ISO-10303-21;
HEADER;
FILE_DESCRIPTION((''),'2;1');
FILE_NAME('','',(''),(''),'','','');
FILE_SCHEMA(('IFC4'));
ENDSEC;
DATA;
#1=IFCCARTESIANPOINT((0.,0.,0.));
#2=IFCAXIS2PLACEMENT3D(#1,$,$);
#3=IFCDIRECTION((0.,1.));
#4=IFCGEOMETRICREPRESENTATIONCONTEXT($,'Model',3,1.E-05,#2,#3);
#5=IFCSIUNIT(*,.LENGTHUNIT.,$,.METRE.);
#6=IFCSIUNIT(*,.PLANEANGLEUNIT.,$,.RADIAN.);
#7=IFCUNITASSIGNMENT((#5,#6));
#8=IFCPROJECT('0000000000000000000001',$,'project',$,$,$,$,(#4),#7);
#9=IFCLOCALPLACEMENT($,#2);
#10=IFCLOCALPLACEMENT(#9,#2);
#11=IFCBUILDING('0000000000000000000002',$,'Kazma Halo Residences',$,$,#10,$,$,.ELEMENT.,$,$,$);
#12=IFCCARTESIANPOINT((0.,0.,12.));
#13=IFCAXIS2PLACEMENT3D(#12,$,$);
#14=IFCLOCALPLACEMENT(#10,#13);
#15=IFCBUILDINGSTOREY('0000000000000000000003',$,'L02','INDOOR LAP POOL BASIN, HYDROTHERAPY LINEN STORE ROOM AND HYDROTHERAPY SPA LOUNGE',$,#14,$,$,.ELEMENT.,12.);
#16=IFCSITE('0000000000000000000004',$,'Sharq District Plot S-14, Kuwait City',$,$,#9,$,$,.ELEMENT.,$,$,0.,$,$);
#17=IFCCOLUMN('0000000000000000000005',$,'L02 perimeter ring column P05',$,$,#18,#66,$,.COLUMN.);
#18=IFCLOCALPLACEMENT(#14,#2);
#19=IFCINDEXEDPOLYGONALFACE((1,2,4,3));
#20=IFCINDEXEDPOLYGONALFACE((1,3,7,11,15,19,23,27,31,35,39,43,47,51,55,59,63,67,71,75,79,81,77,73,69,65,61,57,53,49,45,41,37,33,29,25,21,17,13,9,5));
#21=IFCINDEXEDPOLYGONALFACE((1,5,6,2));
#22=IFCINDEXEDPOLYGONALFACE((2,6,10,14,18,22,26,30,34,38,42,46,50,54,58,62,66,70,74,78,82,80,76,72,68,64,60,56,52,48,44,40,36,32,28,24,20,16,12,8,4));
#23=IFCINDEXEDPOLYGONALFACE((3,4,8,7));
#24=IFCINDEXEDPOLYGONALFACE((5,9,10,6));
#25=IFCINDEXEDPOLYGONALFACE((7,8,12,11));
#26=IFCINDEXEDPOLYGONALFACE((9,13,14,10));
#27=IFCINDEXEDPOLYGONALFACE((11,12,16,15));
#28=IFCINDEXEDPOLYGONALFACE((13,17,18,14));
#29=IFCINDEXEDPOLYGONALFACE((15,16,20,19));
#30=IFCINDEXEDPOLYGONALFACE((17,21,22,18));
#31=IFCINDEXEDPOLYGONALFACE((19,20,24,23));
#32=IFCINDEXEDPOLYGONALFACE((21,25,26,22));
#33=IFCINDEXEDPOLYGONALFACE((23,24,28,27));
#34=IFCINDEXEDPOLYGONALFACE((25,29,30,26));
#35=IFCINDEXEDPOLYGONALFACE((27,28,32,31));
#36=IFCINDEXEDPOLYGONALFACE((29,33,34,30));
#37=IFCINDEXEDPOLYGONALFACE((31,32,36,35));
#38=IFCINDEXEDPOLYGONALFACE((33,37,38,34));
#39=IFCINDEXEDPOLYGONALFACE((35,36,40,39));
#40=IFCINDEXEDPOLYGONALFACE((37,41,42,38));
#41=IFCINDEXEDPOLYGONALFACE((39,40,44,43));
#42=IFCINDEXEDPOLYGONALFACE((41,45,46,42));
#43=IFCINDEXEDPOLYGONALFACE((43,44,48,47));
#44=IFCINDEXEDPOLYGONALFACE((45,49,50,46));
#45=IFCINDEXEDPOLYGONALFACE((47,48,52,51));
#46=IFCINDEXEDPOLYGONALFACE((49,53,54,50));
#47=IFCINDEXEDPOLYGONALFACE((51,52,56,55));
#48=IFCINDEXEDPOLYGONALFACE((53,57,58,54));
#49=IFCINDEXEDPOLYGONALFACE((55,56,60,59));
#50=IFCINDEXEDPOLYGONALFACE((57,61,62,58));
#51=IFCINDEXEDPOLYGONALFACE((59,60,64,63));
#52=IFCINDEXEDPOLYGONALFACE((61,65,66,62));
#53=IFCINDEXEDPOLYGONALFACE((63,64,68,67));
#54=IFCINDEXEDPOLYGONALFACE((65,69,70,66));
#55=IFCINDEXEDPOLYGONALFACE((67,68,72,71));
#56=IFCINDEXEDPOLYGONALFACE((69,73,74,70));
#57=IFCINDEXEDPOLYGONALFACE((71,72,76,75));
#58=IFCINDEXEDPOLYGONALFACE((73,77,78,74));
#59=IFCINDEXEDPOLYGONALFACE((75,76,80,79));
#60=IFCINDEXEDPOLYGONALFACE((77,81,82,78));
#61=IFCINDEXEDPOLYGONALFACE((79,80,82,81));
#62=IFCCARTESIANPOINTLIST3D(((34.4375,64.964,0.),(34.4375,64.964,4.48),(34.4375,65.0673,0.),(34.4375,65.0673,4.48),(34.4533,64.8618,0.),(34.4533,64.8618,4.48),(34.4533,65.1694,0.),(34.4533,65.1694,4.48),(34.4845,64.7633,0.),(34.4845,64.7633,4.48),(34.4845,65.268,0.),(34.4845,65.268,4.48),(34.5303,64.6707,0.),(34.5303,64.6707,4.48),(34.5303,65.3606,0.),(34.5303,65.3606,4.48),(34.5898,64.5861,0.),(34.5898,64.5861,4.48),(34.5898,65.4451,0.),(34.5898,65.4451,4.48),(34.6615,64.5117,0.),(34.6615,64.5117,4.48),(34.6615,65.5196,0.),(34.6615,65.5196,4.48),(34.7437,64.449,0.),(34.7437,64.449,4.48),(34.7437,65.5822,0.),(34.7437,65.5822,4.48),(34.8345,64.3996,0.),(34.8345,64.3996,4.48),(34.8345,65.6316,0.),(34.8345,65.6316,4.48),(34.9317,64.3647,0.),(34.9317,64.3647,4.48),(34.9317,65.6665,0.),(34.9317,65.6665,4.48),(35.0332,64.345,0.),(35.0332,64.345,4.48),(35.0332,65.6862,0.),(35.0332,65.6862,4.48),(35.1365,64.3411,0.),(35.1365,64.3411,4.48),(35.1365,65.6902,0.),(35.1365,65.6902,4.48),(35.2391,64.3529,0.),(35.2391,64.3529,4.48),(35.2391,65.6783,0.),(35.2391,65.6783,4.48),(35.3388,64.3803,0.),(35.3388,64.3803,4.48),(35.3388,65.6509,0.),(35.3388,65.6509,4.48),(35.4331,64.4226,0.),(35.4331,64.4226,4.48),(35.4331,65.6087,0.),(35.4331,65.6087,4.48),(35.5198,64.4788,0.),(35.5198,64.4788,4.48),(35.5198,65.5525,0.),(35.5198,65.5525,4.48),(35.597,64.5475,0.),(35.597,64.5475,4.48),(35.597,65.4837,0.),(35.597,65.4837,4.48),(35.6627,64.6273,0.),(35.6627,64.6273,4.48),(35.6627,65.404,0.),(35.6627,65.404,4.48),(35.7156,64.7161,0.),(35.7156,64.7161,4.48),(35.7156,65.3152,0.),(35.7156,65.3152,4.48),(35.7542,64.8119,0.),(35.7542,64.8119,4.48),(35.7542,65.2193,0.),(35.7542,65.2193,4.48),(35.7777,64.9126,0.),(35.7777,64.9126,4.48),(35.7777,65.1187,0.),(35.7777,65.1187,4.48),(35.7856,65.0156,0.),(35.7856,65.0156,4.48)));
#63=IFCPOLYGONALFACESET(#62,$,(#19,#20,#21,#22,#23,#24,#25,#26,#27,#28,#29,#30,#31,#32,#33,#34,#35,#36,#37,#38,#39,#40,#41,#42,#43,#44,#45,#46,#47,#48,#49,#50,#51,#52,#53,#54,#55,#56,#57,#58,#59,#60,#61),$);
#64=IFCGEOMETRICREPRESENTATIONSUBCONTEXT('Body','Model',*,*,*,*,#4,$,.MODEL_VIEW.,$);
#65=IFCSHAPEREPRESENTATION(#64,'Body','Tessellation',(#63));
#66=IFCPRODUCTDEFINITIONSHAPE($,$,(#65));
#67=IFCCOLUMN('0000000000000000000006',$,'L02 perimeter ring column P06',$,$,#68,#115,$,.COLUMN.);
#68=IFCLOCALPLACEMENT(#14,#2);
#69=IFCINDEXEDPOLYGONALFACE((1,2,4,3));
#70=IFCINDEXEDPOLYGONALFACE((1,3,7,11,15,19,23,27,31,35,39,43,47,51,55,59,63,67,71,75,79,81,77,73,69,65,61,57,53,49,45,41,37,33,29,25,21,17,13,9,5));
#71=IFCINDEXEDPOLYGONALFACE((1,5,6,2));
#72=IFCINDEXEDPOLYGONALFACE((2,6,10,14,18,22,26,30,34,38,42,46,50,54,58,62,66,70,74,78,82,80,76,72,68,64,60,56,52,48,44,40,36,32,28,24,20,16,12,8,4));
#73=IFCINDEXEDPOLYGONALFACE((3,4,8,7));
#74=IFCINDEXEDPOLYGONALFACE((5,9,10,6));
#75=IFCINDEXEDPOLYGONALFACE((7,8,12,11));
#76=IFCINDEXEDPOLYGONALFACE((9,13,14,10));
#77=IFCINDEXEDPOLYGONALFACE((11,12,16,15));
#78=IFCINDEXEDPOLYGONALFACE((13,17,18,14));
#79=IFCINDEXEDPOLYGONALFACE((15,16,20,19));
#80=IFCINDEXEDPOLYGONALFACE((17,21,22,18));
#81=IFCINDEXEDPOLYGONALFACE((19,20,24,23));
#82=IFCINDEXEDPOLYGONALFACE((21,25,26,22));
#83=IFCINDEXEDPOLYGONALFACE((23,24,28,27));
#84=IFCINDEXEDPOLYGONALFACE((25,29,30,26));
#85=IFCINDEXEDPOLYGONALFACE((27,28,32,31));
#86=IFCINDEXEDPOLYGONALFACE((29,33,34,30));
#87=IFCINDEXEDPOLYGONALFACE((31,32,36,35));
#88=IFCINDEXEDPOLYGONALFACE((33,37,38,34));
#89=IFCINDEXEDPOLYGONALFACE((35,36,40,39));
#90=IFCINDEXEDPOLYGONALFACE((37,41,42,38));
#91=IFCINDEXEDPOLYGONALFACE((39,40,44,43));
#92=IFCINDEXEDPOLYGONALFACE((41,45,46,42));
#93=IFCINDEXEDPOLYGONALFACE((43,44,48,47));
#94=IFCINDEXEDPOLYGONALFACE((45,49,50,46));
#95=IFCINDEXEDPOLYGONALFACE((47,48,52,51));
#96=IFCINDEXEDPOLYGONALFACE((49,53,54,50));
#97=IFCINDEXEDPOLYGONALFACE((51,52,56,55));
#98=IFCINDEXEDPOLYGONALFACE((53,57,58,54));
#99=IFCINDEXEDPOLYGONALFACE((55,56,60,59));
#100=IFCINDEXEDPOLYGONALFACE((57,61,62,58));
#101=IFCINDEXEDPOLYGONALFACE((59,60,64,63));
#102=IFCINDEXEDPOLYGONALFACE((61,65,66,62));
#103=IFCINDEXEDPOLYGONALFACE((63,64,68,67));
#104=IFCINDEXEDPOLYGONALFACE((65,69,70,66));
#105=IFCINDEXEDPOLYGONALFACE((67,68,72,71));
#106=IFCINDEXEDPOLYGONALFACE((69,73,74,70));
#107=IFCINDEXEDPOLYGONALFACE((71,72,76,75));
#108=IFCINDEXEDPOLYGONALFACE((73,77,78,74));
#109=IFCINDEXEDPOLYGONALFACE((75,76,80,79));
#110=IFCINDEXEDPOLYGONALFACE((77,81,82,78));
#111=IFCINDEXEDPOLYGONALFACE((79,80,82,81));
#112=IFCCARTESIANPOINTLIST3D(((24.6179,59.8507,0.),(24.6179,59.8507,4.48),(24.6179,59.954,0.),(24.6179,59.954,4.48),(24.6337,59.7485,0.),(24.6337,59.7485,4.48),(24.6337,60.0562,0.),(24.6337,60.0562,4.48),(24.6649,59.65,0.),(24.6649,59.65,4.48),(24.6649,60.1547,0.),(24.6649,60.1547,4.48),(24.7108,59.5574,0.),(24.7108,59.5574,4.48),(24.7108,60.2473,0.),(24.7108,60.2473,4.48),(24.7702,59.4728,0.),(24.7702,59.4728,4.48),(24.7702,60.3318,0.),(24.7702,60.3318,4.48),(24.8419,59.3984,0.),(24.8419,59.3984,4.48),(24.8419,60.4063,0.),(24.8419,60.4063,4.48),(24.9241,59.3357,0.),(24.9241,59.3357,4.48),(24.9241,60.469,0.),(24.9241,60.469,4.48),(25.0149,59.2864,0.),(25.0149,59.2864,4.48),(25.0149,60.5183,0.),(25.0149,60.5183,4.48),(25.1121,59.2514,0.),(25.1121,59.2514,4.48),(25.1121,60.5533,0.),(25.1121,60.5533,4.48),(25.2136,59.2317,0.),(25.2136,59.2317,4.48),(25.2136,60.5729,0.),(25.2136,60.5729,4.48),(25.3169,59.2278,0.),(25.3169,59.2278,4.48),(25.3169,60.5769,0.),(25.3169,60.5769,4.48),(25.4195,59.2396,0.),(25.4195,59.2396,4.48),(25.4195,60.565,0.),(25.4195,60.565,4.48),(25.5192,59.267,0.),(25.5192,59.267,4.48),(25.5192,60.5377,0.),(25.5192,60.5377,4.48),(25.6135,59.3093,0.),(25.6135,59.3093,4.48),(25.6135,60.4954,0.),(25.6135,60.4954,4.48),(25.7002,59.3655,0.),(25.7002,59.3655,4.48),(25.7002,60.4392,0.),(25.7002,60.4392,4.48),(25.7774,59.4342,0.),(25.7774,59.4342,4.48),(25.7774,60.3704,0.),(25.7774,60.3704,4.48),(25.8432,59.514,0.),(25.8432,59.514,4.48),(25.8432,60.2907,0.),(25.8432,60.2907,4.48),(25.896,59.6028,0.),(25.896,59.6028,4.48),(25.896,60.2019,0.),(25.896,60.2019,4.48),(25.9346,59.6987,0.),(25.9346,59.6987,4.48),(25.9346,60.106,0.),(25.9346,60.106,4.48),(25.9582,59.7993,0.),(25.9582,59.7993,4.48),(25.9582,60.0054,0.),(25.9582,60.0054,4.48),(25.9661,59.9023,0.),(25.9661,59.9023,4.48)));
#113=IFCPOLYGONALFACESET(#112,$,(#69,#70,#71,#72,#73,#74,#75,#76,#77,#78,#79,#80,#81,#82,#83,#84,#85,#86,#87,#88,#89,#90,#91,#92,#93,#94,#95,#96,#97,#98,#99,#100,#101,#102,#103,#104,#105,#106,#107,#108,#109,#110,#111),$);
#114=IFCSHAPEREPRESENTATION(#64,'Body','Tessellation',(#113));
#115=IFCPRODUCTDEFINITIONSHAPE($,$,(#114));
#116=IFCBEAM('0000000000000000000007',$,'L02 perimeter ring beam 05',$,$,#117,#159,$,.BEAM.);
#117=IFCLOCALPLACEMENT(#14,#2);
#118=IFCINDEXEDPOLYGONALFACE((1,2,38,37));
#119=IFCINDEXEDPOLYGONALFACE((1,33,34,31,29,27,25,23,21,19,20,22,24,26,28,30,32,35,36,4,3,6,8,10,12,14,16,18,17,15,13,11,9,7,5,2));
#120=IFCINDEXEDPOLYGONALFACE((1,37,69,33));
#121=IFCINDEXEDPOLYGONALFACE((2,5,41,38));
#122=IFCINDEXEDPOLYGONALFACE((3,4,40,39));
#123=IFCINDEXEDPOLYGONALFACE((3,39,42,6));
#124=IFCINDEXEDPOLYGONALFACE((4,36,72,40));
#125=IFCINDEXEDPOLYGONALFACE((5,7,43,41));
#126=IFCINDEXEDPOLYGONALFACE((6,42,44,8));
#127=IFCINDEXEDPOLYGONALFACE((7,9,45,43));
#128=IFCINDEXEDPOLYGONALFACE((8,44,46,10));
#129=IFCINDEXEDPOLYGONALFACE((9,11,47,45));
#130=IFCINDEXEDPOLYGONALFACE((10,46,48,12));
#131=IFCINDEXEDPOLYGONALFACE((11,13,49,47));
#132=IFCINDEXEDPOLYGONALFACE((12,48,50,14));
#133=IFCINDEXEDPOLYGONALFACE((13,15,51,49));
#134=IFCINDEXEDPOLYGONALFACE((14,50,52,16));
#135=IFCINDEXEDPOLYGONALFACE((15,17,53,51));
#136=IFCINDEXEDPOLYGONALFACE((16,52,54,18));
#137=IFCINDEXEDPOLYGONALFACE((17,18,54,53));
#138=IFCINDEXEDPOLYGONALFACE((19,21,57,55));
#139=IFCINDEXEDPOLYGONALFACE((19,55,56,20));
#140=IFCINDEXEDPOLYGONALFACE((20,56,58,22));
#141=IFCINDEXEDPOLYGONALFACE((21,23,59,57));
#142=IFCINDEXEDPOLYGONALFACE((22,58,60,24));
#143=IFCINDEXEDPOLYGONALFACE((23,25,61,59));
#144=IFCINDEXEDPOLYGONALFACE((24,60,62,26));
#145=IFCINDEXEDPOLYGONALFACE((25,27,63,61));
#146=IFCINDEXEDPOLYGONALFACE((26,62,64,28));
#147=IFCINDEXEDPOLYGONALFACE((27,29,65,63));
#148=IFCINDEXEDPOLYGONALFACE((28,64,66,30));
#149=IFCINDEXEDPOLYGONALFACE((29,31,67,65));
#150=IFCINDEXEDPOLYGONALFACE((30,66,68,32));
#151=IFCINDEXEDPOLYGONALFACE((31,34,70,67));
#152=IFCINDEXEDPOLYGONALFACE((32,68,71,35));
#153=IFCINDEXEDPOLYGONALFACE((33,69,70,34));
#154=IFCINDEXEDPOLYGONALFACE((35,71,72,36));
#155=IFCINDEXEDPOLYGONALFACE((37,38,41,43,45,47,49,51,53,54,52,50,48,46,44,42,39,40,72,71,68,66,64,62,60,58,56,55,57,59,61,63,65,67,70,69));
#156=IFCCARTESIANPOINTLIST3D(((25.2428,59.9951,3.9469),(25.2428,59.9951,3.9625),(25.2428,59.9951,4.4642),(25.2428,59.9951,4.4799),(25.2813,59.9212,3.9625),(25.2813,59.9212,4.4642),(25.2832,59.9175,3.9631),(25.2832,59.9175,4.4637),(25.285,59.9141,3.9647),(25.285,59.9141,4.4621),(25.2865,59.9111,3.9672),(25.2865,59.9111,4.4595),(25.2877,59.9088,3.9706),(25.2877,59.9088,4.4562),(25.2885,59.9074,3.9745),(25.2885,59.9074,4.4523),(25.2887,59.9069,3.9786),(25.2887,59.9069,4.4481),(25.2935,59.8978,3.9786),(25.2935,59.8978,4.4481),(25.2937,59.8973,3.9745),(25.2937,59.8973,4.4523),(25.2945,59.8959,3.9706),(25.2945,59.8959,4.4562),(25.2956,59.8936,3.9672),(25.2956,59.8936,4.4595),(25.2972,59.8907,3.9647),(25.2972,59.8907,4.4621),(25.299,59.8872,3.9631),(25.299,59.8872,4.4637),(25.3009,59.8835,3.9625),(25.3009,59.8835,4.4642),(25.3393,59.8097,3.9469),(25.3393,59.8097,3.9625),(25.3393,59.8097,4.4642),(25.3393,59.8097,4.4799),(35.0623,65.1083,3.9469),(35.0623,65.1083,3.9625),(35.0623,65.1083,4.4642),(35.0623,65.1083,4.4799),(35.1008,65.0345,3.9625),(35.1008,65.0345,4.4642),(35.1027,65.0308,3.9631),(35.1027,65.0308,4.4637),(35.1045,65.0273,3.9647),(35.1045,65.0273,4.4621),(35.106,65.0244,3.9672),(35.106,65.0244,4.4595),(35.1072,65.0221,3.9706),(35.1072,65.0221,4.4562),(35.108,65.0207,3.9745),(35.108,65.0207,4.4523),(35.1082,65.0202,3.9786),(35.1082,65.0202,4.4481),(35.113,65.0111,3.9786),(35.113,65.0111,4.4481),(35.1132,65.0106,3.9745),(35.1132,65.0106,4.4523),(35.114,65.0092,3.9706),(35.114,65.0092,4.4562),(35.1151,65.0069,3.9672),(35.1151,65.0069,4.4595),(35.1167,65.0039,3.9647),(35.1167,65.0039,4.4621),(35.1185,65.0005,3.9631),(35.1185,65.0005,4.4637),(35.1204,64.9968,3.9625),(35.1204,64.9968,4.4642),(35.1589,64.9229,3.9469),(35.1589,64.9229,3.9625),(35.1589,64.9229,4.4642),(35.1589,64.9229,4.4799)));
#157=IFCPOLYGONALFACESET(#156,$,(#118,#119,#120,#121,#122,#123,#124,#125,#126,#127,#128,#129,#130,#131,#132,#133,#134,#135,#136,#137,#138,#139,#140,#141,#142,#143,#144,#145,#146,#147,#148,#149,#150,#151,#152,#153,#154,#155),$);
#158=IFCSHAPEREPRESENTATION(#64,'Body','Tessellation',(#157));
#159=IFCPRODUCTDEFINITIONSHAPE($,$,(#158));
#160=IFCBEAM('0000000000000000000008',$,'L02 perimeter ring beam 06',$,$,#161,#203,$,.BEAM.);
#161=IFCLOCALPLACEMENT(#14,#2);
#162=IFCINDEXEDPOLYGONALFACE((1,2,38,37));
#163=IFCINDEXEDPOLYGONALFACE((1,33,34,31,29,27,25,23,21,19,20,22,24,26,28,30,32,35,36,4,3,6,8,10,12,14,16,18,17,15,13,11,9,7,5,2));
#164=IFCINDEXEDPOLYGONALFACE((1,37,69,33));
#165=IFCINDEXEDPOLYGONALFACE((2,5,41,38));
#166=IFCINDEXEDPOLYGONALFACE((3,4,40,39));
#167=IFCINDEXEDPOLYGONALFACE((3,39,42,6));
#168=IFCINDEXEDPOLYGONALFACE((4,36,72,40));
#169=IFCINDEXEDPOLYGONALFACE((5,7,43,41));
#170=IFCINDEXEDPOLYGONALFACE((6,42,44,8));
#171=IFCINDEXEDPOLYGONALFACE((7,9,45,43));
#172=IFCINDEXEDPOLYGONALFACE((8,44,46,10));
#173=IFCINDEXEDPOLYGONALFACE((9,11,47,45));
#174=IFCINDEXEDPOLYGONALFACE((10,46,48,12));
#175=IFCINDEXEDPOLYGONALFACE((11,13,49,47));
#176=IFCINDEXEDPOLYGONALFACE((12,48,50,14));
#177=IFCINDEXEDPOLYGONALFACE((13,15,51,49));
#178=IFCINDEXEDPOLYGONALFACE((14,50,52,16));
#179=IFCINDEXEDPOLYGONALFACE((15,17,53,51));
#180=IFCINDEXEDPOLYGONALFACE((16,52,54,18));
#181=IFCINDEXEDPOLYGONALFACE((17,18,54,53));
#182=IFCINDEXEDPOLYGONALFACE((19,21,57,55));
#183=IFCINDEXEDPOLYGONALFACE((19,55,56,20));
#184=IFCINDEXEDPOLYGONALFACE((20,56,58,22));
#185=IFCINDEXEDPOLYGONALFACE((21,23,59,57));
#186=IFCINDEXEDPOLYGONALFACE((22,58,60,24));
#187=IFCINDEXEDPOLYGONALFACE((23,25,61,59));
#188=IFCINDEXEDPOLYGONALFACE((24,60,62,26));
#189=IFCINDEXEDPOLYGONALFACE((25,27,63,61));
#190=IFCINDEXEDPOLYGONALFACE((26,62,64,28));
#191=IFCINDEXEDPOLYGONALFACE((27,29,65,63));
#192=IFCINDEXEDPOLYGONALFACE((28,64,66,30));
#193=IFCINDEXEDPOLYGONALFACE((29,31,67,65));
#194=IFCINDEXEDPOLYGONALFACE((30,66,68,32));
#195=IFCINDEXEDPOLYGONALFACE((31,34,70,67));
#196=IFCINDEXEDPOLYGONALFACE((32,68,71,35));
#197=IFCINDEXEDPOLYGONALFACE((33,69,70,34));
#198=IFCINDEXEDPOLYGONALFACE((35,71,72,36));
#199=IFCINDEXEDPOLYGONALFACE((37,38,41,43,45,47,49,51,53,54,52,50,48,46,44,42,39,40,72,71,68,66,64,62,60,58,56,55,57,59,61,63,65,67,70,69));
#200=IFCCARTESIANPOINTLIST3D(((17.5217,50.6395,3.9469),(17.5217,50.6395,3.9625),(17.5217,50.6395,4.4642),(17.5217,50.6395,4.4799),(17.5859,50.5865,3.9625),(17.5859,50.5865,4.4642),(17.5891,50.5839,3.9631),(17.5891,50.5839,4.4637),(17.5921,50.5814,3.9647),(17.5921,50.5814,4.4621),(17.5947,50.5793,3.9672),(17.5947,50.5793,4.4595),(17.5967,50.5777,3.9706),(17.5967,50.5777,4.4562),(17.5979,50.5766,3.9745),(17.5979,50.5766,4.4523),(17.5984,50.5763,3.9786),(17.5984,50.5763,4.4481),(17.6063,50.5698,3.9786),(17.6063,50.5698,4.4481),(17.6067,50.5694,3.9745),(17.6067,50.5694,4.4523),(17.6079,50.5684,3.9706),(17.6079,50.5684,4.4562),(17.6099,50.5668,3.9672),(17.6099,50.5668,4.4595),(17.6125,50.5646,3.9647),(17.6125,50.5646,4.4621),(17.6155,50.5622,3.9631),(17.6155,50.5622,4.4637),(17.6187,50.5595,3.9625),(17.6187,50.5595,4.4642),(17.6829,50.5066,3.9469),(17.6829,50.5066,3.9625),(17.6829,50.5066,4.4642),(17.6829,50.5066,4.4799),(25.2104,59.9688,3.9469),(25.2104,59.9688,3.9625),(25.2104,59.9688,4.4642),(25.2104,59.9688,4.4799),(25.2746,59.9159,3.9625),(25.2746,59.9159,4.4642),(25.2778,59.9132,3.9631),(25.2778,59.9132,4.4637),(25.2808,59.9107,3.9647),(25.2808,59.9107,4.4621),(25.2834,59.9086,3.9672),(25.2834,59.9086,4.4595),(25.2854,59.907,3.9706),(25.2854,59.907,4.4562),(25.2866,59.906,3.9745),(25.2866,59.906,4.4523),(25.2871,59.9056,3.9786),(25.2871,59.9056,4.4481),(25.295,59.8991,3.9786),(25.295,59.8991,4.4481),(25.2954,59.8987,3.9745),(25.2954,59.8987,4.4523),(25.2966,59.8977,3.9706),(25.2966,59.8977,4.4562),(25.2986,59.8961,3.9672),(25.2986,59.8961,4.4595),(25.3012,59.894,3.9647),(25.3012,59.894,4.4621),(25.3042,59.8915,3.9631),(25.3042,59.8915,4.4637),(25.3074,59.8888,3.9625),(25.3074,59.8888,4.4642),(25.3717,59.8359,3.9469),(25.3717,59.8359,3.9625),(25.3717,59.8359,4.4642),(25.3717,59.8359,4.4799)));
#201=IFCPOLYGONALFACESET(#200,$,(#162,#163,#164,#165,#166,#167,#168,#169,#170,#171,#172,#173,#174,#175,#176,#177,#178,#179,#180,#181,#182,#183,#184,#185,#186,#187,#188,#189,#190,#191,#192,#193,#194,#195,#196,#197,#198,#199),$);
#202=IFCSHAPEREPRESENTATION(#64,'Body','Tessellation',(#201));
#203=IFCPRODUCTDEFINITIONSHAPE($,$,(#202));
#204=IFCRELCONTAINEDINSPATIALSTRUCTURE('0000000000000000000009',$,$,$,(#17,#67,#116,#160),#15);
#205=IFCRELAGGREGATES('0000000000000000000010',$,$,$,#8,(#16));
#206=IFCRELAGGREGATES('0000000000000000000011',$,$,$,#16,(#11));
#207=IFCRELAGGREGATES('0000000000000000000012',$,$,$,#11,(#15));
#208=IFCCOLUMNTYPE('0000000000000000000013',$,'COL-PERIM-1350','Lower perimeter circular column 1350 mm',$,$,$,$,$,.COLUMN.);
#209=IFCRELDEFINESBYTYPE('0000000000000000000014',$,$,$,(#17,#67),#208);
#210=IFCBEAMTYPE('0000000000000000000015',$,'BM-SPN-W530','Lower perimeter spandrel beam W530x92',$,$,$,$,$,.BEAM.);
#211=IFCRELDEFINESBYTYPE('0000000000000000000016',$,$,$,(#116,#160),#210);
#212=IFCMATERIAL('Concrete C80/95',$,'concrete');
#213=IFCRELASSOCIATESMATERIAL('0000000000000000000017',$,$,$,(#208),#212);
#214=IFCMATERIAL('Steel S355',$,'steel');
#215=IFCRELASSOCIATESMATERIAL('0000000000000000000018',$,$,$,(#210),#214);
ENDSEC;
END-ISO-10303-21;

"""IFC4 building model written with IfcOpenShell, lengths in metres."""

from ifc_helpers import new_model, si_unit, direction, frame, origin, origin_2d, place, context, subcontext, project, spatial, circle, i_section, extrude, material, material_profile, profile_set, type_object, element, save


model = new_model("IFC4")

# Units and contexts
model_context = context("Model", 3, precision=1e-05, world=origin(), true_north=direction((0.0, 1.0)))
body_context = subcontext(model_context, "Body", "Model", "MODEL_VIEW")
ifc_project = project(units=[si_unit("LENGTHUNIT", "METRE"), si_unit("PLANEANGLEUNIT", "RADIAN")], contexts=[model_context])

# Site, building, storey
site_placement = place(None, origin())
site = spatial("IfcSite", under=ifc_project, at=site_placement, Name="Sharq District Plot S-14, Kuwait City", CompositionType="ELEMENT", RefElevation=0.0)
building_placement = place(site_placement, origin())
building = spatial("IfcBuilding", under=site, at=building_placement, Name="Kazma Halo Residences", CompositionType="ELEMENT")
storey_placement = place(building_placement, frame((0.0, 0.0, 12.0)))
storey = spatial("IfcBuildingStorey", under=building, at=storey_placement, Name="L02", Description="INDOOR LAP POOL BASIN, HYDROTHERAPY LINEN STORE ROOM AND HYDROTHERAPY SPA LOUNGE", CompositionType="ELEMENT", Elevation=12.0)

# Columns
ifc_material_1 = material(Name="Concrete C80/95", Category="concrete")
ifc_material_profile_1 = material_profile(ifc_material_1, circle(Radius=0.675, at=origin_2d()), Name="CIRC1350")
ifc_profile_set_1 = profile_set([ifc_material_profile_1], Name="Concrete C80/95")
column_type = type_object("IfcColumnType", Name="COL-PERIM-1350", Description="Lower perimeter circular column 1350 mm", PredefinedType="COLUMN", material=ifc_profile_set_1)
for number, where, z_axis, x_axis, name in (
    (1, (35.1106, 65.0156, 0.0), (0.0, 0.0, 1.0), (1.0, 0.0, 0.0), "L02 perimeter ring column P05"),
    (2, (25.291, 59.9023, 0.0), (0.0, 0.0, 1.0), (1.0, 0.0, 0.0), "L02 perimeter ring column P06"),
):
    element("IfcColumn", number, at=place(storey_placement, frame(where, z_axis=z_axis, x_axis=x_axis)), inside=storey, type_object=column_type, Name=name, PredefinedType="COLUMN", context=body_context, shape_type="SweptSolid", body=[
        extrude(circle(Radius=0.675, at=origin_2d()), origin(), (0.0, 0.0, 1.0), 4.48),
    ])

# Beams
ifc_material_2 = material(Name="Steel S355", Category="steel")
ifc_material_profile_2 = material_profile(ifc_material_2, i_section(OverallWidth=0.209, OverallDepth=0.533, WebThickness=0.0103, FlangeThickness=0.0156, FilletRadius=0.0161, at=origin_2d()), Name="W530x92")
ifc_profile_set_2 = profile_set([ifc_material_profile_2], Name="Steel S355")
beam_type = type_object("IfcBeamType", Name="BM-SPN-W530", Description="Lower perimeter spandrel beam W530x92", PredefinedType="BEAM", material=ifc_profile_set_2)
beam_1_placement = place(storey_placement, frame((35.1106, 65.0156, 4.2134), z_axis=(-0.886954, -0.461857, 0.0), x_axis=(0.461857, -0.886954, 0.0)))
element("IfcBeam", 3, at=beam_1_placement, inside=storey, type_object=beam_type, Name="L02 perimeter ring beam 05", PredefinedType="BEAM", context=body_context, shape_type="SweptSolid", body=[
    extrude(i_section(OverallWidth=0.209, OverallDepth=0.533, WebThickness=0.0103, FlangeThickness=0.0156, FilletRadius=0.0161, at=origin_2d()), origin(), (0.0, 0.0, 1.0), 11.071),
])
beam_2_placement = place(storey_placement, frame((25.291, 59.9023, 4.2134), z_axis=(-0.63599, -0.771698, 0.0), x_axis=(0.771698, -0.63599, 0.0)))
element("IfcBeam", 4, at=beam_2_placement, inside=storey, type_object=beam_type, Name="L02 perimeter ring beam 06", PredefinedType="BEAM", context=body_context, shape_type="SweptSolid", body=[
    extrude(i_section(OverallWidth=0.209, OverallDepth=0.533, WebThickness=0.0103, FlangeThickness=0.0156, FilletRadius=0.0161, at=origin_2d()), origin(), (0.0, 0.0, 1.0), 12.0894),
])

save(model, "model.ifc")
